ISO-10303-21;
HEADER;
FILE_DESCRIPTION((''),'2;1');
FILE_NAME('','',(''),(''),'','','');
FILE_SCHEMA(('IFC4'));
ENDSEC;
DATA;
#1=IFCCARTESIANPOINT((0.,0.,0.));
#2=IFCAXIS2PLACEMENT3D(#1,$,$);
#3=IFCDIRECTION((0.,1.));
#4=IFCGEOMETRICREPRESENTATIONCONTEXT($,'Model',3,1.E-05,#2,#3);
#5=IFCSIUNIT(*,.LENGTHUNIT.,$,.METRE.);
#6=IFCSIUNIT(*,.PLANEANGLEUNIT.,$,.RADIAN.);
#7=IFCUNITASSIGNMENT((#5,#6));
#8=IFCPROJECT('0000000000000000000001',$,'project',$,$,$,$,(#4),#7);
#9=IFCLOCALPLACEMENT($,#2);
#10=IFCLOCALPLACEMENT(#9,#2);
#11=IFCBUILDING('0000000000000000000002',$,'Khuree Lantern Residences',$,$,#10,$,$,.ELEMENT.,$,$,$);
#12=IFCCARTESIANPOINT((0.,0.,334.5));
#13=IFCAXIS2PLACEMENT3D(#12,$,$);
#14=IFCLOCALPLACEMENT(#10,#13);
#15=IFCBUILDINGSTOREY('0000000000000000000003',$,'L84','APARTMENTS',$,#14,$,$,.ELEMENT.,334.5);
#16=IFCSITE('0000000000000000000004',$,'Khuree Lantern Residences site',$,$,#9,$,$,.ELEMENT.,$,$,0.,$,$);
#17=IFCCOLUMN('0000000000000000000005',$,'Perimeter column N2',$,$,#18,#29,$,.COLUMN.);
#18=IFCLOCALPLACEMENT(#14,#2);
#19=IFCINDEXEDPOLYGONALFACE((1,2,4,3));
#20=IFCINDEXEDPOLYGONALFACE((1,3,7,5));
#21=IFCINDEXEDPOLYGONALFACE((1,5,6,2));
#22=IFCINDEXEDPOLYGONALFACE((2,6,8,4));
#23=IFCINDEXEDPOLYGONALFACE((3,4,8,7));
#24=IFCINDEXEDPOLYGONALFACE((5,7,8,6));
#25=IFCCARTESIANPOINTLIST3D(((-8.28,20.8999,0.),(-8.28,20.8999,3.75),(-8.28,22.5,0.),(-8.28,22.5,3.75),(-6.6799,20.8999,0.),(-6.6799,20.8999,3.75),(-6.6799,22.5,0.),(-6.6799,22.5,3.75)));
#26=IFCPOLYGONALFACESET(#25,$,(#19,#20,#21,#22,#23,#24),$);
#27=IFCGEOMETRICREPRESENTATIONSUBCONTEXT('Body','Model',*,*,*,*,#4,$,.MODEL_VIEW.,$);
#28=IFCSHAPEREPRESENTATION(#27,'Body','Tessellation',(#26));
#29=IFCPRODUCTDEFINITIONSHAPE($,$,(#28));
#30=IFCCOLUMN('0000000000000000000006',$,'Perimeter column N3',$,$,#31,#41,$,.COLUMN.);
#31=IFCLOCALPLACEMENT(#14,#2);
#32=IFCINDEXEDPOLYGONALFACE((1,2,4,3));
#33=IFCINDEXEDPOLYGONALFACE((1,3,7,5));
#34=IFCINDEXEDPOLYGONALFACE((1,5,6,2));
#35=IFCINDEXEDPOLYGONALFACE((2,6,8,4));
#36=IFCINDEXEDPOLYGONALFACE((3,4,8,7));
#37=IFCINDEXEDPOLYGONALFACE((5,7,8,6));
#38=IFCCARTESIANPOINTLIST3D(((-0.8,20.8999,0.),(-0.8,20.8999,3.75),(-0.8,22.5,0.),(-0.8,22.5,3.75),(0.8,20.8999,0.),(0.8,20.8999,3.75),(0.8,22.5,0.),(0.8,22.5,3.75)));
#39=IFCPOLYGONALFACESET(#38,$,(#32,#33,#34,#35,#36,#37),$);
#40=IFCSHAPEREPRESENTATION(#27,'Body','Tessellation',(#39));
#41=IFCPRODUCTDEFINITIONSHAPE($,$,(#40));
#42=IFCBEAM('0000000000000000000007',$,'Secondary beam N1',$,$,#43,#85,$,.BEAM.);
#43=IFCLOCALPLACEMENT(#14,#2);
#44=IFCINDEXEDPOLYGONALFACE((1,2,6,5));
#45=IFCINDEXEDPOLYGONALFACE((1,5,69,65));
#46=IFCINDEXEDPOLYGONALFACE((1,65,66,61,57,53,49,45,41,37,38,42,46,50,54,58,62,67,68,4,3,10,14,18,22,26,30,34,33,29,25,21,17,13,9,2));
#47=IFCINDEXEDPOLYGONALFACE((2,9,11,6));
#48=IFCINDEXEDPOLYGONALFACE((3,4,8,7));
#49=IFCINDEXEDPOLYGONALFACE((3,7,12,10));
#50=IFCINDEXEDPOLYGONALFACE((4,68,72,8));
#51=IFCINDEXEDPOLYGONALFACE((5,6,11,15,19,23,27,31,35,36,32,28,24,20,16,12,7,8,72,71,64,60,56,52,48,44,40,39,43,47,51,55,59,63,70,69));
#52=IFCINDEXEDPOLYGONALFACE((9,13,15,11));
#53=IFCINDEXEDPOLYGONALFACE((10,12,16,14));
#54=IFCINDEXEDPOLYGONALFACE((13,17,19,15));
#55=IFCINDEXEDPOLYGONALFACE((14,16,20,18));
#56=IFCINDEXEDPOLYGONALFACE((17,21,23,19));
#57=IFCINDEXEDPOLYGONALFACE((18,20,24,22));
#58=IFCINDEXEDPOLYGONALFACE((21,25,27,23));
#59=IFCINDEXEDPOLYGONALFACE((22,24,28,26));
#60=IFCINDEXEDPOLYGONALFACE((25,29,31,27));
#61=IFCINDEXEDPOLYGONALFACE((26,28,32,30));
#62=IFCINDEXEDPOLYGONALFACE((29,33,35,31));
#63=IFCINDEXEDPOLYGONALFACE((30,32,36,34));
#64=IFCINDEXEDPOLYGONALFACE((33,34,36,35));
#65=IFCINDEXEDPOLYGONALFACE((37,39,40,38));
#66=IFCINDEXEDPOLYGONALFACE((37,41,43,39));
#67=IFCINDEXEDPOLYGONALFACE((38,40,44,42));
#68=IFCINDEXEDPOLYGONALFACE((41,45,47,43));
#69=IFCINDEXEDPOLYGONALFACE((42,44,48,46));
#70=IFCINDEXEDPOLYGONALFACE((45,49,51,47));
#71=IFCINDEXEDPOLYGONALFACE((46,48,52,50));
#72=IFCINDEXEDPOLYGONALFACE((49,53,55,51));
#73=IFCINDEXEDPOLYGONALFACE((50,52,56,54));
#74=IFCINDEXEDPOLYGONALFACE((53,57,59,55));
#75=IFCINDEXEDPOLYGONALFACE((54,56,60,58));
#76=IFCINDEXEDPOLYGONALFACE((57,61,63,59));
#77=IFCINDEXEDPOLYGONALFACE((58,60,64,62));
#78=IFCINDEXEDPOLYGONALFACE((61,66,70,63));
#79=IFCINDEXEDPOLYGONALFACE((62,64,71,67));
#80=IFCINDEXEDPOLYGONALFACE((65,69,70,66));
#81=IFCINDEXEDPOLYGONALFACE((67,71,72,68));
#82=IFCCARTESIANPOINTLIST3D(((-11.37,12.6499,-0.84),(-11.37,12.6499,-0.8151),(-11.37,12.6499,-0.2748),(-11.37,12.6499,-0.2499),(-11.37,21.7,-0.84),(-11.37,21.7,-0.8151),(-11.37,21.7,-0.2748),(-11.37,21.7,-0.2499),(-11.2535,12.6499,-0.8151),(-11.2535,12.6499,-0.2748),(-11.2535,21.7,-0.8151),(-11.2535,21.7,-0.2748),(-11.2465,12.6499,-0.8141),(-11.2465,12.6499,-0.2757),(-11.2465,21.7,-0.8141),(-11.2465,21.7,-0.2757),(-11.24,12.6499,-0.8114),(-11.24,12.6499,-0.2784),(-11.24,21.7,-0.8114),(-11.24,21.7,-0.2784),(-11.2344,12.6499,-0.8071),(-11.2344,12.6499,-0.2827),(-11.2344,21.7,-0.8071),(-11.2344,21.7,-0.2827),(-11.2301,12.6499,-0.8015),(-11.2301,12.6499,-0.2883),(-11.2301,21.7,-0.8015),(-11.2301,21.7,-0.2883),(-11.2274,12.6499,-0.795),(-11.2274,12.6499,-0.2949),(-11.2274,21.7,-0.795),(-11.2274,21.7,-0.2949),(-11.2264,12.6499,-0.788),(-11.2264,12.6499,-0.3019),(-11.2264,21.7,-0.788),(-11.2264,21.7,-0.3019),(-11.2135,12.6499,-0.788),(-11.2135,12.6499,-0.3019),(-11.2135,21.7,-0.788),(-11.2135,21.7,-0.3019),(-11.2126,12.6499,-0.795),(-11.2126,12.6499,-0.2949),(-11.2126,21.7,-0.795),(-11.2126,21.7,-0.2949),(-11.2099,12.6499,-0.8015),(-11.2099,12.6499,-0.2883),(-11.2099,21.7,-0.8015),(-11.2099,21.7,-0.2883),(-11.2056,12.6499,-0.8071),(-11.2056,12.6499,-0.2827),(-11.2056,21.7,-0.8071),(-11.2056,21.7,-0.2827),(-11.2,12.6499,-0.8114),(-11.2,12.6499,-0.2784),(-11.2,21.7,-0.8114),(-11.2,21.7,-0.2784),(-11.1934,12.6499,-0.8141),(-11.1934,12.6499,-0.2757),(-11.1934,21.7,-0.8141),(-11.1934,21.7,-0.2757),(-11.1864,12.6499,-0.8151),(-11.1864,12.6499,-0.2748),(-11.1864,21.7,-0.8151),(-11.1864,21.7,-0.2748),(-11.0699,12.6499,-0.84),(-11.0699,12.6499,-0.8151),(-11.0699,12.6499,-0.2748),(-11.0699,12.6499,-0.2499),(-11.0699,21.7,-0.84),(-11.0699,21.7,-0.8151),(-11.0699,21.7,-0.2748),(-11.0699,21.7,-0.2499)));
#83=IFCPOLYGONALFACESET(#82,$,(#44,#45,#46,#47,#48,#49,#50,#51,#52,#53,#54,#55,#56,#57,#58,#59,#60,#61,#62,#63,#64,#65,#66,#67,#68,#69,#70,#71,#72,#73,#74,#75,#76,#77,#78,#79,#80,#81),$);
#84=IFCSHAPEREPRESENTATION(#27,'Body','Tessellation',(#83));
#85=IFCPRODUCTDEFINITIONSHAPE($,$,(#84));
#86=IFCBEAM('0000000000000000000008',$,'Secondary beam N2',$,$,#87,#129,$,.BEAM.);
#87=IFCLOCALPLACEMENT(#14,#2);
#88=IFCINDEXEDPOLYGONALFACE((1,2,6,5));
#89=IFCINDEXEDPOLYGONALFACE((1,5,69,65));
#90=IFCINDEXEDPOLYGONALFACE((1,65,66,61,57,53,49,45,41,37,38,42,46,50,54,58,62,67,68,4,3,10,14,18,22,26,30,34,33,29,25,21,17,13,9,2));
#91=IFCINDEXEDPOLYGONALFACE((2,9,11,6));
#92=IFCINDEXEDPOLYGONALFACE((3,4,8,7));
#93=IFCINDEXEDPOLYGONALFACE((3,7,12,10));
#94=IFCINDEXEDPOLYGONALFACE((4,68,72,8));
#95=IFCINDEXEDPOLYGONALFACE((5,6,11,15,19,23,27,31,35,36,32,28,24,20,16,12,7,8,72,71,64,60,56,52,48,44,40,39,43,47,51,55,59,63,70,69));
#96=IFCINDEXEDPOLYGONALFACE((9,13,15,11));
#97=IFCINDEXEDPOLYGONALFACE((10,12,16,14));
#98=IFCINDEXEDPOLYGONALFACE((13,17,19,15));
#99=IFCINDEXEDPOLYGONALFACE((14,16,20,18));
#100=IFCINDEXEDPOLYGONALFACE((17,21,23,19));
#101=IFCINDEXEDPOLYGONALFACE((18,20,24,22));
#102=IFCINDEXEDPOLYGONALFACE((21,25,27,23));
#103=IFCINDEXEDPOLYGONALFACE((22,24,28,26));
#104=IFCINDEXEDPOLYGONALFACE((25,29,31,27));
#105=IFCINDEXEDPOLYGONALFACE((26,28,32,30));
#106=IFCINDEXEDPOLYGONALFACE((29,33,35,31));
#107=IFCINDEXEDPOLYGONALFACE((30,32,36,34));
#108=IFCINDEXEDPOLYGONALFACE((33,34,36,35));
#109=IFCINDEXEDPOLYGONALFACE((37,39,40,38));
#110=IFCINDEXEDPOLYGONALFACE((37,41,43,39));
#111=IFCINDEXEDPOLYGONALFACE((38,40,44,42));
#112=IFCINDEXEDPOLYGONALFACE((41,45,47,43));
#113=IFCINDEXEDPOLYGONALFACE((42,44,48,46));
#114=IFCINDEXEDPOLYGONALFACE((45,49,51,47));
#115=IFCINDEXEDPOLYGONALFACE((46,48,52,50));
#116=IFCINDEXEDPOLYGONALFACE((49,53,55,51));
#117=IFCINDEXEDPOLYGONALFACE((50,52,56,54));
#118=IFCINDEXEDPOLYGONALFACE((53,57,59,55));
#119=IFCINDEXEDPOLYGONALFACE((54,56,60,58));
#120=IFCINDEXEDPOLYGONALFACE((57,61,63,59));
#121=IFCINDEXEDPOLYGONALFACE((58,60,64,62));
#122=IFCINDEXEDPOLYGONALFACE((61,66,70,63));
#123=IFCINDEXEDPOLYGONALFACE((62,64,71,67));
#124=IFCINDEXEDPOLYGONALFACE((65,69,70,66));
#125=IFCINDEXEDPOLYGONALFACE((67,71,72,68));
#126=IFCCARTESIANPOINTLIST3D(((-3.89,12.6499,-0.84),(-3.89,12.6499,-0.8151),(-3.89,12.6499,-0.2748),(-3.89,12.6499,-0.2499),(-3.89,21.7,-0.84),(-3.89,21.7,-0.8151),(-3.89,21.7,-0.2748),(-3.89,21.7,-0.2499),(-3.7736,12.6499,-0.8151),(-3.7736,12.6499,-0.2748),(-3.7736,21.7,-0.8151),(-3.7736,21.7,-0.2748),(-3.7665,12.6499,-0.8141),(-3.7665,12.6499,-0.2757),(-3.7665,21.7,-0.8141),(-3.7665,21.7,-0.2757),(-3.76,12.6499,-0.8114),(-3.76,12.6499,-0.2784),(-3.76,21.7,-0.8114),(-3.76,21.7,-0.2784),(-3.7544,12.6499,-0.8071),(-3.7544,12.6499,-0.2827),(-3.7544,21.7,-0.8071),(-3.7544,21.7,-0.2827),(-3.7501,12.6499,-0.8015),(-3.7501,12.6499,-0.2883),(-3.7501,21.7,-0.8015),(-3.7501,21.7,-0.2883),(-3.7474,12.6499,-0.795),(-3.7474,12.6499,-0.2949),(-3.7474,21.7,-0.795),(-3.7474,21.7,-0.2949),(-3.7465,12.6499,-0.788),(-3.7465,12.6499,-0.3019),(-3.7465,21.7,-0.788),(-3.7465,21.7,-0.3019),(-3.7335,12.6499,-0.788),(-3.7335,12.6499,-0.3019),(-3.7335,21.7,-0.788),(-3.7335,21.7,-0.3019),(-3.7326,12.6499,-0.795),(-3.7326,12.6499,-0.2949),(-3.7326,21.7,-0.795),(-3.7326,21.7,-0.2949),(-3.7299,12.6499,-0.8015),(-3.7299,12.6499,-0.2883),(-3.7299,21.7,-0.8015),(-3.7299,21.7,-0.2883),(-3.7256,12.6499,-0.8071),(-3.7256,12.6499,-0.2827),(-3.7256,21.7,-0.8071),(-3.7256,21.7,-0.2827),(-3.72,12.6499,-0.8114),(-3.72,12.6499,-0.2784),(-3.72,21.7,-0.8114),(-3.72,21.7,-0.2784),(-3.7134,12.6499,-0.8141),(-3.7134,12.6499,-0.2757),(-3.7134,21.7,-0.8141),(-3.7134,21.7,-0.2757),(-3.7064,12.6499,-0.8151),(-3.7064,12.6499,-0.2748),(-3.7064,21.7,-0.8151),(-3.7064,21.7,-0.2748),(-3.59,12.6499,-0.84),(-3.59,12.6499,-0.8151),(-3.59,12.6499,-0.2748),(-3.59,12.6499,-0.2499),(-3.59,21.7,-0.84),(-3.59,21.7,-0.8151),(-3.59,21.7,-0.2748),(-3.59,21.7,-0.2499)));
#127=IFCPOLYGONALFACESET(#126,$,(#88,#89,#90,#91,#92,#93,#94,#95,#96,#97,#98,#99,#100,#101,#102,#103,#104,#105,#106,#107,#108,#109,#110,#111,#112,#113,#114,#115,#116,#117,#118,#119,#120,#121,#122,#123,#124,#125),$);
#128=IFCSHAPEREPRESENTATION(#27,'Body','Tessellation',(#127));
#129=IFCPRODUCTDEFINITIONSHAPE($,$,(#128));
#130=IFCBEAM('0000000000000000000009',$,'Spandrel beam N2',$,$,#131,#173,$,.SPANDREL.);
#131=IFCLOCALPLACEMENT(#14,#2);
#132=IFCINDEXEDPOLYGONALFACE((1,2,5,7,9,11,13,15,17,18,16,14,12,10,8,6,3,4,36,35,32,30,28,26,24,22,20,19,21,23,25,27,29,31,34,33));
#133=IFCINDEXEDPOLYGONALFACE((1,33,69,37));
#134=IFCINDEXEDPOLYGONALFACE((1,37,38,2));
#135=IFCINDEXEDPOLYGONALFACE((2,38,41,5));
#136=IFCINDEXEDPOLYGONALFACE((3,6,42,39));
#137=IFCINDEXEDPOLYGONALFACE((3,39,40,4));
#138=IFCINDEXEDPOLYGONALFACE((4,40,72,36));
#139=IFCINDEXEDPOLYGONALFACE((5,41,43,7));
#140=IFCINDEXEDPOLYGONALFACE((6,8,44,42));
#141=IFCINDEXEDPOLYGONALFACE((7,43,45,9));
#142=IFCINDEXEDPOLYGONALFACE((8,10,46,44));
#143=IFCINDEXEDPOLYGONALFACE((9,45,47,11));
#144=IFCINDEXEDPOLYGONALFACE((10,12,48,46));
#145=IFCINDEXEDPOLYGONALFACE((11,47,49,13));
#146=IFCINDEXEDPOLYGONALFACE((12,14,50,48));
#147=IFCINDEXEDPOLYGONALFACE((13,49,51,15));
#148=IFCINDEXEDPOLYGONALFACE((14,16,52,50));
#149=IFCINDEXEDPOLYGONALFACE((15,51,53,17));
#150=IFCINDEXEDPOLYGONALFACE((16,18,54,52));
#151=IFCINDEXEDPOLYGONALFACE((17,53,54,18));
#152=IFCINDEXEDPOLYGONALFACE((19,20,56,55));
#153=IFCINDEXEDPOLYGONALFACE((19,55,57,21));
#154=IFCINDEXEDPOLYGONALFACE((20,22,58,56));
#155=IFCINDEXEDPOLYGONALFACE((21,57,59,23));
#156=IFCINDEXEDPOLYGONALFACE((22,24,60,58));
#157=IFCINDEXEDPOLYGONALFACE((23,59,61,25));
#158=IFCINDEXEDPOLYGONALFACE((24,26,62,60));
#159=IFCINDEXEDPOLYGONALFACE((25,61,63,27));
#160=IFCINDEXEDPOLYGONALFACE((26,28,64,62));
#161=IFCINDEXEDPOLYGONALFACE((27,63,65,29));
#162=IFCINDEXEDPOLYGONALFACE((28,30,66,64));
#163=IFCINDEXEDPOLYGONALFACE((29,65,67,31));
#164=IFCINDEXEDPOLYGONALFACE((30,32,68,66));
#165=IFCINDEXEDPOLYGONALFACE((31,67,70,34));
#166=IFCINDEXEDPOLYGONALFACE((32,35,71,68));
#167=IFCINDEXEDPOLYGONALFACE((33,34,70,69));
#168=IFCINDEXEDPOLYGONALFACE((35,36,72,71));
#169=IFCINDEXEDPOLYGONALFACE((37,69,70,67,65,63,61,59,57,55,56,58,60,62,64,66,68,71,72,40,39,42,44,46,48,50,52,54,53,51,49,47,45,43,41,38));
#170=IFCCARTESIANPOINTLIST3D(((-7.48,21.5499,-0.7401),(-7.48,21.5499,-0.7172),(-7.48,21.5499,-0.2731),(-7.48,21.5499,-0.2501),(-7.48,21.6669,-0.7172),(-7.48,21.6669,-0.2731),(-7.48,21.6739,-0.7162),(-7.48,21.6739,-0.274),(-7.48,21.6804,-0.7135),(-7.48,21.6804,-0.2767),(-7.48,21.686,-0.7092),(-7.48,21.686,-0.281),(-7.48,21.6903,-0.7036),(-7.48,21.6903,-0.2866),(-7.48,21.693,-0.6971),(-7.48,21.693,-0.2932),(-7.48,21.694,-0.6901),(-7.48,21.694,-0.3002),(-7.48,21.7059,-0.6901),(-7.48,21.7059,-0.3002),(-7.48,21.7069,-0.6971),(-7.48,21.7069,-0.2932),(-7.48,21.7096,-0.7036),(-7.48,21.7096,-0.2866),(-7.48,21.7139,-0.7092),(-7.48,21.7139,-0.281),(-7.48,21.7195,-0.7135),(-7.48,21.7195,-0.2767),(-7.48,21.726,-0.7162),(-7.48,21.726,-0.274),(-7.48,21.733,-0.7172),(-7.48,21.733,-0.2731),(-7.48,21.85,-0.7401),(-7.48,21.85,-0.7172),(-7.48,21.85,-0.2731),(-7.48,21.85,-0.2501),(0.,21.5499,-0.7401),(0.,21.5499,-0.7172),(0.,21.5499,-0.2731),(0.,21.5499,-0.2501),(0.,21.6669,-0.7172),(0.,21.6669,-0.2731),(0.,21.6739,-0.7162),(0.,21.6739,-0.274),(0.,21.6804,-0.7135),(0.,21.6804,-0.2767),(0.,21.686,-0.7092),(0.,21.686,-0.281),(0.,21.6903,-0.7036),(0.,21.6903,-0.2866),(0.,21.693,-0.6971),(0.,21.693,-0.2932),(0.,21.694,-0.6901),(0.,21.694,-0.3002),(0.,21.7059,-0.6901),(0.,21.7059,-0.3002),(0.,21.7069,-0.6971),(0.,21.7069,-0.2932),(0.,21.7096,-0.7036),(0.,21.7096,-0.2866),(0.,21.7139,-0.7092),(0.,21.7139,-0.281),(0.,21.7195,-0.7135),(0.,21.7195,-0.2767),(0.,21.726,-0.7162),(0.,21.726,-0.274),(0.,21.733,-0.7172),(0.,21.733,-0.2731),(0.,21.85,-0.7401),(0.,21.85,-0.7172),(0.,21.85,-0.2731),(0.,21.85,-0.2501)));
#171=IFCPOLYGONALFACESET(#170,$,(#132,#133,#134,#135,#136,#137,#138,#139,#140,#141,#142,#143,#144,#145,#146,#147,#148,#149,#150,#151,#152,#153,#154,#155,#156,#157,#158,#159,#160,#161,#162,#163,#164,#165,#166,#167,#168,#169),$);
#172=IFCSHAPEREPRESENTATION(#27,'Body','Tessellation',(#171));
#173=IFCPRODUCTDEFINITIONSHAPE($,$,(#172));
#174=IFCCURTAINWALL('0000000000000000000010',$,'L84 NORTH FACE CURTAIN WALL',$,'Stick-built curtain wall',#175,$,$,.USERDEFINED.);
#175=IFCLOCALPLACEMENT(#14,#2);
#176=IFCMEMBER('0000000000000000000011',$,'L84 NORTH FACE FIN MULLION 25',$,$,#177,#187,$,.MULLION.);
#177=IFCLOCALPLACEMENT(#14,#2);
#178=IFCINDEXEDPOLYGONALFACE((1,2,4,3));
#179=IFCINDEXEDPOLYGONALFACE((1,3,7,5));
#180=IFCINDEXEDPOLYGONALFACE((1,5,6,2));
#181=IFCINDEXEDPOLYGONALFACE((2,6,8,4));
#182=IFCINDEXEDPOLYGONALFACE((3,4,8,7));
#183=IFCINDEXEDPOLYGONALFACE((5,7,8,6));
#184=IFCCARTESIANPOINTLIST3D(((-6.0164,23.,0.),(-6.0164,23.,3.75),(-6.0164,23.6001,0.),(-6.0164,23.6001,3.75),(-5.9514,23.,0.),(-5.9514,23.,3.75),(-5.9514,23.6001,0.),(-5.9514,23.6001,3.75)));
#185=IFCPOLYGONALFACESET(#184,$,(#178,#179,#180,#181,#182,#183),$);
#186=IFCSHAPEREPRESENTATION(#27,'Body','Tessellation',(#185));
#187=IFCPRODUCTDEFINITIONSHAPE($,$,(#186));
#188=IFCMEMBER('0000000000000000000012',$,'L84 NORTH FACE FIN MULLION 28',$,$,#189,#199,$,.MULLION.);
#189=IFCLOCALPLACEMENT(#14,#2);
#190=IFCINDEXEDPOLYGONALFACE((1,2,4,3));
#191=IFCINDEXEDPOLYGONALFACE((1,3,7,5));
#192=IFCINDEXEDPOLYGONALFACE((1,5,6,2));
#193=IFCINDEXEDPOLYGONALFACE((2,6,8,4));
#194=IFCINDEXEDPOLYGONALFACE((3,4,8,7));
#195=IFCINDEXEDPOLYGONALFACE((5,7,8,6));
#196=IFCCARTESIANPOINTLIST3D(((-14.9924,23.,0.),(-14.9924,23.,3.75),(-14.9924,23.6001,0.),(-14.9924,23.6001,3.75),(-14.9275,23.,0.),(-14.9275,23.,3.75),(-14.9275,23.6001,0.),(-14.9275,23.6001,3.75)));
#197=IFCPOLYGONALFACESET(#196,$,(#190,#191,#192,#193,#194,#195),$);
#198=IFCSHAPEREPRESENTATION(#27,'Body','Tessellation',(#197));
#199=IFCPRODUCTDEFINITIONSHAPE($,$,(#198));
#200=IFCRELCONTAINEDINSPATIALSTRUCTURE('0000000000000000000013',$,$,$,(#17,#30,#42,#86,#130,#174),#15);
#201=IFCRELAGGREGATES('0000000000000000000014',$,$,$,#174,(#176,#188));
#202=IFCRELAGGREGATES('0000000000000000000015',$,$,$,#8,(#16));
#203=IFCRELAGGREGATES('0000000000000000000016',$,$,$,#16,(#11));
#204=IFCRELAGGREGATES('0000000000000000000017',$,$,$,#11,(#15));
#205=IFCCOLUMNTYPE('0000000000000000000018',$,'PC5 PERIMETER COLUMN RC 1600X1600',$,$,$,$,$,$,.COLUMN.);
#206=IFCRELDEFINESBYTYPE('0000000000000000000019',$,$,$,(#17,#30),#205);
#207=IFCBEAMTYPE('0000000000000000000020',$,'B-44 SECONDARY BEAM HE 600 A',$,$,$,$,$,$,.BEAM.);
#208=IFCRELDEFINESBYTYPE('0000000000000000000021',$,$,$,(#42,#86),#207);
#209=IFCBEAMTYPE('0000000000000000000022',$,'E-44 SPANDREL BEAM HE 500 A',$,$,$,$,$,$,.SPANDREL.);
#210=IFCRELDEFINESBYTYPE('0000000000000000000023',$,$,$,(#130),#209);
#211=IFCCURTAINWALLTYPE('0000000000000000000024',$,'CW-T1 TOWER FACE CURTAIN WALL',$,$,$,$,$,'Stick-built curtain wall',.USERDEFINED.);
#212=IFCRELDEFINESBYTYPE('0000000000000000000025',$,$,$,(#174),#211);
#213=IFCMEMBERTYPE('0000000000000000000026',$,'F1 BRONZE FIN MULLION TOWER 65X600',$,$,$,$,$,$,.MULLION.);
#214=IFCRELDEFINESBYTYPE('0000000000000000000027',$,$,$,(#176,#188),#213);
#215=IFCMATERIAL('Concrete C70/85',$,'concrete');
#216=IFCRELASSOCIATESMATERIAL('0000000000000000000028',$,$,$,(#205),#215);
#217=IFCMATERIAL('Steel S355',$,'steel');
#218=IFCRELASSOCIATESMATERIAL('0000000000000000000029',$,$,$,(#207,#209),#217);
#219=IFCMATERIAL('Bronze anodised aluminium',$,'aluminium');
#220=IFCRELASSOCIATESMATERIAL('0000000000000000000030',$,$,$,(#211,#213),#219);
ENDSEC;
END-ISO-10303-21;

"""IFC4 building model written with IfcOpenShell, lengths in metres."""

from ifc_helpers import new_model, si_unit, direction, frame, origin, origin_2d, place, context, subcontext, project, spatial, rectangle, i_section, extrude, material, material_profile, profile_set, type_object, element, aggregate, save


model = new_model("IFC4")

# Units and contexts
model_context = context("Model", 3, precision=1e-05, world=origin(), true_north=direction((0.0, 1.0)))
body_context = subcontext(model_context, "Body", "Model", "MODEL_VIEW")
ifc_project = project(units=[si_unit("LENGTHUNIT", "METRE"), si_unit("PLANEANGLEUNIT", "RADIAN")], contexts=[model_context])

# Site, building, storey
site_placement = place(None, origin())
site = spatial("IfcSite", under=ifc_project, at=site_placement, Name="Khuree Lantern Residences site", CompositionType="ELEMENT", RefElevation=0.0)
building_placement = place(site_placement, origin())
building = spatial("IfcBuilding", under=site, at=building_placement, Name="Khuree Lantern Residences", CompositionType="ELEMENT")
storey_placement = place(building_placement, frame((0.0, 0.0, 334.5)))
storey = spatial("IfcBuildingStorey", under=building, at=storey_placement, Name="L84", Description="APARTMENTS", CompositionType="ELEMENT", Elevation=334.5)

# Columns
ifc_material_1 = material(Name="Concrete C70/85", Category="concrete")
ifc_material_profile_1 = material_profile(ifc_material_1, rectangle(XDim=1.6001, YDim=1.6001, at=origin_2d()), Name="RC 1600X1600")
ifc_profile_set_1 = profile_set([ifc_material_profile_1], Name="Concrete C70/85")
column_type = type_object("IfcColumnType", Name="PC5 PERIMETER COLUMN RC 1600X1600", PredefinedType="COLUMN", material=ifc_profile_set_1)
for number, where, z_axis, x_axis, name in (
    (1, (-7.48, 21.7, 0.0), (0.0, 0.0, 1.0), (1.0, 0.0, 0.0), "Perimeter column N2"),
    (2, (0.0, 21.7, 0.0), (0.0, 0.0, 1.0), (1.0, 0.0, 0.0), "Perimeter column N3"),
):
    element("IfcColumn", number, at=place(storey_placement, frame(where, z_axis=z_axis, x_axis=x_axis)), inside=storey, type_object=column_type, Name=name, PredefinedType="COLUMN", context=body_context, shape_type="SweptSolid", body=[
        extrude(rectangle(XDim=1.6001, YDim=1.6001, at=origin_2d()), origin(), (0.0, 0.0, 1.0), 3.75),
    ])

# Beams
ifc_material_2 = material(Name="Steel S355", Category="steel")
ifc_material_profile_2 = material_profile(ifc_material_2, i_section(OverallWidth=0.3, OverallDepth=0.5901, WebThickness=0.0129, FlangeThickness=0.0249, FilletRadius=0.0271, at=origin_2d()), Name="HE 600 A")
ifc_profile_set_2 = profile_set([ifc_material_profile_2], Name="Steel S355")
beam_type_1 = type_object("IfcBeamType", Name="B-44 SECONDARY BEAM HE 600 A", PredefinedType="BEAM", material=ifc_profile_set_2)
for number, where, z_axis, x_axis, name in (
    (3, (-11.22, 21.7, -0.5449), (0.0, -1.0, 0.0), (1.0, 0.0, 0.0), "Secondary beam N1"),
    (4, (-3.74, 21.7, -0.5449), (0.0, -1.0, 0.0), (1.0, 0.0, 0.0), "Secondary beam N2"),
):
    element("IfcBeam", number, at=place(storey_placement, frame(where, z_axis=z_axis, x_axis=x_axis)), inside=storey, type_object=beam_type_1, Name=name, PredefinedType="BEAM", context=body_context, shape_type="SweptSolid", body=[
        extrude(i_section(OverallWidth=0.3, OverallDepth=0.5901, WebThickness=0.0129, FlangeThickness=0.0249, FilletRadius=0.0271, at=origin_2d()), origin(), (0.0, 0.0, 1.0), 9.05),
    ])
ifc_material_profile_3 = material_profile(ifc_material_2, i_section(OverallWidth=0.3, OverallDepth=0.49, WebThickness=0.012, FlangeThickness=0.0229, FilletRadius=0.0271, at=origin_2d()), Name="HE 500 A")
ifc_profile_set_3 = profile_set([ifc_material_profile_3], Name="Steel S355")
beam_type_2 = type_object("IfcBeamType", Name="E-44 SPANDREL BEAM HE 500 A", PredefinedType="SPANDREL", material=ifc_profile_set_3)
beam_1_placement = place(storey_placement, frame((-7.48, 21.7, -0.4951), z_axis=(1.0, 0.0, 0.0), x_axis=(0.0, 1.0, 0.0)))
element("IfcBeam", 5, at=beam_1_placement, inside=storey, type_object=beam_type_2, Name="Spandrel beam N2", PredefinedType="SPANDREL", context=body_context, shape_type="SweptSolid", body=[
    extrude(i_section(OverallWidth=0.3, OverallDepth=0.49, WebThickness=0.012, FlangeThickness=0.0229, FilletRadius=0.0271, at=origin_2d()), origin(), (0.0, 0.0, 1.0), 7.48),
])

# Curtain wall, members
ifc_material_3 = material(Name="Bronze anodised aluminium", Category="aluminium")
curtain_wall_type = type_object("IfcCurtainWallType", Name="CW-T1 TOWER FACE CURTAIN WALL", ElementType="Stick-built curtain wall", PredefinedType="USERDEFINED", material=ifc_material_3)
curtain_wall_placement = place(storey_placement, origin())
curtain_wall = element("IfcCurtainWall", 6, at=curtain_wall_placement, inside=storey, type_object=curtain_wall_type, Name="L84 NORTH FACE CURTAIN WALL", ObjectType="Stick-built curtain wall", PredefinedType="USERDEFINED")
ifc_material_profile_4 = material_profile(ifc_material_3, rectangle(XDim=0.0649, YDim=0.6001, at=origin_2d()), Name="F1 65X600")
ifc_profile_set_4 = profile_set([ifc_material_profile_4], Name="Bronze anodised aluminium")
member_type_1 = type_object("IfcMemberType", Name="F1 BRONZE FIN MULLION TOWER 65X600", PredefinedType="MULLION", material=ifc_profile_set_4)
member_1_placement = place(storey_placement, frame((-5.9839, 23.3, 0.0), z_axis=(0.0, 0.0, 1.0), x_axis=(-1.0, 0.0, 0.0)))
member_1 = element("IfcMember", 7, at=member_1_placement, type_object=member_type_1, Name="L84 NORTH FACE FIN MULLION 25", PredefinedType="MULLION", context=body_context, shape_type="SweptSolid", body=[
    extrude(rectangle(XDim=0.0649, YDim=0.6001, at=origin_2d()), origin(), (0.0, 0.0, 1.0), 3.75),
])
member_2_placement = place(storey_placement, frame((-14.96, 23.3, 0.0), z_axis=(0.0, 0.0, 1.0), x_axis=(-1.0, 0.0, 0.0)))
member_2 = element("IfcMember", 8, at=member_2_placement, type_object=member_type_1, Name="L84 NORTH FACE FIN MULLION 28", PredefinedType="MULLION", context=body_context, shape_type="SweptSolid", body=[
    extrude(rectangle(XDim=0.0649, YDim=0.6001, at=origin_2d()), origin(), (0.0, 0.0, 1.0), 3.75),
])

aggregate(curtain_wall, [member_1, member_2])

save(model, "model.ifc")
